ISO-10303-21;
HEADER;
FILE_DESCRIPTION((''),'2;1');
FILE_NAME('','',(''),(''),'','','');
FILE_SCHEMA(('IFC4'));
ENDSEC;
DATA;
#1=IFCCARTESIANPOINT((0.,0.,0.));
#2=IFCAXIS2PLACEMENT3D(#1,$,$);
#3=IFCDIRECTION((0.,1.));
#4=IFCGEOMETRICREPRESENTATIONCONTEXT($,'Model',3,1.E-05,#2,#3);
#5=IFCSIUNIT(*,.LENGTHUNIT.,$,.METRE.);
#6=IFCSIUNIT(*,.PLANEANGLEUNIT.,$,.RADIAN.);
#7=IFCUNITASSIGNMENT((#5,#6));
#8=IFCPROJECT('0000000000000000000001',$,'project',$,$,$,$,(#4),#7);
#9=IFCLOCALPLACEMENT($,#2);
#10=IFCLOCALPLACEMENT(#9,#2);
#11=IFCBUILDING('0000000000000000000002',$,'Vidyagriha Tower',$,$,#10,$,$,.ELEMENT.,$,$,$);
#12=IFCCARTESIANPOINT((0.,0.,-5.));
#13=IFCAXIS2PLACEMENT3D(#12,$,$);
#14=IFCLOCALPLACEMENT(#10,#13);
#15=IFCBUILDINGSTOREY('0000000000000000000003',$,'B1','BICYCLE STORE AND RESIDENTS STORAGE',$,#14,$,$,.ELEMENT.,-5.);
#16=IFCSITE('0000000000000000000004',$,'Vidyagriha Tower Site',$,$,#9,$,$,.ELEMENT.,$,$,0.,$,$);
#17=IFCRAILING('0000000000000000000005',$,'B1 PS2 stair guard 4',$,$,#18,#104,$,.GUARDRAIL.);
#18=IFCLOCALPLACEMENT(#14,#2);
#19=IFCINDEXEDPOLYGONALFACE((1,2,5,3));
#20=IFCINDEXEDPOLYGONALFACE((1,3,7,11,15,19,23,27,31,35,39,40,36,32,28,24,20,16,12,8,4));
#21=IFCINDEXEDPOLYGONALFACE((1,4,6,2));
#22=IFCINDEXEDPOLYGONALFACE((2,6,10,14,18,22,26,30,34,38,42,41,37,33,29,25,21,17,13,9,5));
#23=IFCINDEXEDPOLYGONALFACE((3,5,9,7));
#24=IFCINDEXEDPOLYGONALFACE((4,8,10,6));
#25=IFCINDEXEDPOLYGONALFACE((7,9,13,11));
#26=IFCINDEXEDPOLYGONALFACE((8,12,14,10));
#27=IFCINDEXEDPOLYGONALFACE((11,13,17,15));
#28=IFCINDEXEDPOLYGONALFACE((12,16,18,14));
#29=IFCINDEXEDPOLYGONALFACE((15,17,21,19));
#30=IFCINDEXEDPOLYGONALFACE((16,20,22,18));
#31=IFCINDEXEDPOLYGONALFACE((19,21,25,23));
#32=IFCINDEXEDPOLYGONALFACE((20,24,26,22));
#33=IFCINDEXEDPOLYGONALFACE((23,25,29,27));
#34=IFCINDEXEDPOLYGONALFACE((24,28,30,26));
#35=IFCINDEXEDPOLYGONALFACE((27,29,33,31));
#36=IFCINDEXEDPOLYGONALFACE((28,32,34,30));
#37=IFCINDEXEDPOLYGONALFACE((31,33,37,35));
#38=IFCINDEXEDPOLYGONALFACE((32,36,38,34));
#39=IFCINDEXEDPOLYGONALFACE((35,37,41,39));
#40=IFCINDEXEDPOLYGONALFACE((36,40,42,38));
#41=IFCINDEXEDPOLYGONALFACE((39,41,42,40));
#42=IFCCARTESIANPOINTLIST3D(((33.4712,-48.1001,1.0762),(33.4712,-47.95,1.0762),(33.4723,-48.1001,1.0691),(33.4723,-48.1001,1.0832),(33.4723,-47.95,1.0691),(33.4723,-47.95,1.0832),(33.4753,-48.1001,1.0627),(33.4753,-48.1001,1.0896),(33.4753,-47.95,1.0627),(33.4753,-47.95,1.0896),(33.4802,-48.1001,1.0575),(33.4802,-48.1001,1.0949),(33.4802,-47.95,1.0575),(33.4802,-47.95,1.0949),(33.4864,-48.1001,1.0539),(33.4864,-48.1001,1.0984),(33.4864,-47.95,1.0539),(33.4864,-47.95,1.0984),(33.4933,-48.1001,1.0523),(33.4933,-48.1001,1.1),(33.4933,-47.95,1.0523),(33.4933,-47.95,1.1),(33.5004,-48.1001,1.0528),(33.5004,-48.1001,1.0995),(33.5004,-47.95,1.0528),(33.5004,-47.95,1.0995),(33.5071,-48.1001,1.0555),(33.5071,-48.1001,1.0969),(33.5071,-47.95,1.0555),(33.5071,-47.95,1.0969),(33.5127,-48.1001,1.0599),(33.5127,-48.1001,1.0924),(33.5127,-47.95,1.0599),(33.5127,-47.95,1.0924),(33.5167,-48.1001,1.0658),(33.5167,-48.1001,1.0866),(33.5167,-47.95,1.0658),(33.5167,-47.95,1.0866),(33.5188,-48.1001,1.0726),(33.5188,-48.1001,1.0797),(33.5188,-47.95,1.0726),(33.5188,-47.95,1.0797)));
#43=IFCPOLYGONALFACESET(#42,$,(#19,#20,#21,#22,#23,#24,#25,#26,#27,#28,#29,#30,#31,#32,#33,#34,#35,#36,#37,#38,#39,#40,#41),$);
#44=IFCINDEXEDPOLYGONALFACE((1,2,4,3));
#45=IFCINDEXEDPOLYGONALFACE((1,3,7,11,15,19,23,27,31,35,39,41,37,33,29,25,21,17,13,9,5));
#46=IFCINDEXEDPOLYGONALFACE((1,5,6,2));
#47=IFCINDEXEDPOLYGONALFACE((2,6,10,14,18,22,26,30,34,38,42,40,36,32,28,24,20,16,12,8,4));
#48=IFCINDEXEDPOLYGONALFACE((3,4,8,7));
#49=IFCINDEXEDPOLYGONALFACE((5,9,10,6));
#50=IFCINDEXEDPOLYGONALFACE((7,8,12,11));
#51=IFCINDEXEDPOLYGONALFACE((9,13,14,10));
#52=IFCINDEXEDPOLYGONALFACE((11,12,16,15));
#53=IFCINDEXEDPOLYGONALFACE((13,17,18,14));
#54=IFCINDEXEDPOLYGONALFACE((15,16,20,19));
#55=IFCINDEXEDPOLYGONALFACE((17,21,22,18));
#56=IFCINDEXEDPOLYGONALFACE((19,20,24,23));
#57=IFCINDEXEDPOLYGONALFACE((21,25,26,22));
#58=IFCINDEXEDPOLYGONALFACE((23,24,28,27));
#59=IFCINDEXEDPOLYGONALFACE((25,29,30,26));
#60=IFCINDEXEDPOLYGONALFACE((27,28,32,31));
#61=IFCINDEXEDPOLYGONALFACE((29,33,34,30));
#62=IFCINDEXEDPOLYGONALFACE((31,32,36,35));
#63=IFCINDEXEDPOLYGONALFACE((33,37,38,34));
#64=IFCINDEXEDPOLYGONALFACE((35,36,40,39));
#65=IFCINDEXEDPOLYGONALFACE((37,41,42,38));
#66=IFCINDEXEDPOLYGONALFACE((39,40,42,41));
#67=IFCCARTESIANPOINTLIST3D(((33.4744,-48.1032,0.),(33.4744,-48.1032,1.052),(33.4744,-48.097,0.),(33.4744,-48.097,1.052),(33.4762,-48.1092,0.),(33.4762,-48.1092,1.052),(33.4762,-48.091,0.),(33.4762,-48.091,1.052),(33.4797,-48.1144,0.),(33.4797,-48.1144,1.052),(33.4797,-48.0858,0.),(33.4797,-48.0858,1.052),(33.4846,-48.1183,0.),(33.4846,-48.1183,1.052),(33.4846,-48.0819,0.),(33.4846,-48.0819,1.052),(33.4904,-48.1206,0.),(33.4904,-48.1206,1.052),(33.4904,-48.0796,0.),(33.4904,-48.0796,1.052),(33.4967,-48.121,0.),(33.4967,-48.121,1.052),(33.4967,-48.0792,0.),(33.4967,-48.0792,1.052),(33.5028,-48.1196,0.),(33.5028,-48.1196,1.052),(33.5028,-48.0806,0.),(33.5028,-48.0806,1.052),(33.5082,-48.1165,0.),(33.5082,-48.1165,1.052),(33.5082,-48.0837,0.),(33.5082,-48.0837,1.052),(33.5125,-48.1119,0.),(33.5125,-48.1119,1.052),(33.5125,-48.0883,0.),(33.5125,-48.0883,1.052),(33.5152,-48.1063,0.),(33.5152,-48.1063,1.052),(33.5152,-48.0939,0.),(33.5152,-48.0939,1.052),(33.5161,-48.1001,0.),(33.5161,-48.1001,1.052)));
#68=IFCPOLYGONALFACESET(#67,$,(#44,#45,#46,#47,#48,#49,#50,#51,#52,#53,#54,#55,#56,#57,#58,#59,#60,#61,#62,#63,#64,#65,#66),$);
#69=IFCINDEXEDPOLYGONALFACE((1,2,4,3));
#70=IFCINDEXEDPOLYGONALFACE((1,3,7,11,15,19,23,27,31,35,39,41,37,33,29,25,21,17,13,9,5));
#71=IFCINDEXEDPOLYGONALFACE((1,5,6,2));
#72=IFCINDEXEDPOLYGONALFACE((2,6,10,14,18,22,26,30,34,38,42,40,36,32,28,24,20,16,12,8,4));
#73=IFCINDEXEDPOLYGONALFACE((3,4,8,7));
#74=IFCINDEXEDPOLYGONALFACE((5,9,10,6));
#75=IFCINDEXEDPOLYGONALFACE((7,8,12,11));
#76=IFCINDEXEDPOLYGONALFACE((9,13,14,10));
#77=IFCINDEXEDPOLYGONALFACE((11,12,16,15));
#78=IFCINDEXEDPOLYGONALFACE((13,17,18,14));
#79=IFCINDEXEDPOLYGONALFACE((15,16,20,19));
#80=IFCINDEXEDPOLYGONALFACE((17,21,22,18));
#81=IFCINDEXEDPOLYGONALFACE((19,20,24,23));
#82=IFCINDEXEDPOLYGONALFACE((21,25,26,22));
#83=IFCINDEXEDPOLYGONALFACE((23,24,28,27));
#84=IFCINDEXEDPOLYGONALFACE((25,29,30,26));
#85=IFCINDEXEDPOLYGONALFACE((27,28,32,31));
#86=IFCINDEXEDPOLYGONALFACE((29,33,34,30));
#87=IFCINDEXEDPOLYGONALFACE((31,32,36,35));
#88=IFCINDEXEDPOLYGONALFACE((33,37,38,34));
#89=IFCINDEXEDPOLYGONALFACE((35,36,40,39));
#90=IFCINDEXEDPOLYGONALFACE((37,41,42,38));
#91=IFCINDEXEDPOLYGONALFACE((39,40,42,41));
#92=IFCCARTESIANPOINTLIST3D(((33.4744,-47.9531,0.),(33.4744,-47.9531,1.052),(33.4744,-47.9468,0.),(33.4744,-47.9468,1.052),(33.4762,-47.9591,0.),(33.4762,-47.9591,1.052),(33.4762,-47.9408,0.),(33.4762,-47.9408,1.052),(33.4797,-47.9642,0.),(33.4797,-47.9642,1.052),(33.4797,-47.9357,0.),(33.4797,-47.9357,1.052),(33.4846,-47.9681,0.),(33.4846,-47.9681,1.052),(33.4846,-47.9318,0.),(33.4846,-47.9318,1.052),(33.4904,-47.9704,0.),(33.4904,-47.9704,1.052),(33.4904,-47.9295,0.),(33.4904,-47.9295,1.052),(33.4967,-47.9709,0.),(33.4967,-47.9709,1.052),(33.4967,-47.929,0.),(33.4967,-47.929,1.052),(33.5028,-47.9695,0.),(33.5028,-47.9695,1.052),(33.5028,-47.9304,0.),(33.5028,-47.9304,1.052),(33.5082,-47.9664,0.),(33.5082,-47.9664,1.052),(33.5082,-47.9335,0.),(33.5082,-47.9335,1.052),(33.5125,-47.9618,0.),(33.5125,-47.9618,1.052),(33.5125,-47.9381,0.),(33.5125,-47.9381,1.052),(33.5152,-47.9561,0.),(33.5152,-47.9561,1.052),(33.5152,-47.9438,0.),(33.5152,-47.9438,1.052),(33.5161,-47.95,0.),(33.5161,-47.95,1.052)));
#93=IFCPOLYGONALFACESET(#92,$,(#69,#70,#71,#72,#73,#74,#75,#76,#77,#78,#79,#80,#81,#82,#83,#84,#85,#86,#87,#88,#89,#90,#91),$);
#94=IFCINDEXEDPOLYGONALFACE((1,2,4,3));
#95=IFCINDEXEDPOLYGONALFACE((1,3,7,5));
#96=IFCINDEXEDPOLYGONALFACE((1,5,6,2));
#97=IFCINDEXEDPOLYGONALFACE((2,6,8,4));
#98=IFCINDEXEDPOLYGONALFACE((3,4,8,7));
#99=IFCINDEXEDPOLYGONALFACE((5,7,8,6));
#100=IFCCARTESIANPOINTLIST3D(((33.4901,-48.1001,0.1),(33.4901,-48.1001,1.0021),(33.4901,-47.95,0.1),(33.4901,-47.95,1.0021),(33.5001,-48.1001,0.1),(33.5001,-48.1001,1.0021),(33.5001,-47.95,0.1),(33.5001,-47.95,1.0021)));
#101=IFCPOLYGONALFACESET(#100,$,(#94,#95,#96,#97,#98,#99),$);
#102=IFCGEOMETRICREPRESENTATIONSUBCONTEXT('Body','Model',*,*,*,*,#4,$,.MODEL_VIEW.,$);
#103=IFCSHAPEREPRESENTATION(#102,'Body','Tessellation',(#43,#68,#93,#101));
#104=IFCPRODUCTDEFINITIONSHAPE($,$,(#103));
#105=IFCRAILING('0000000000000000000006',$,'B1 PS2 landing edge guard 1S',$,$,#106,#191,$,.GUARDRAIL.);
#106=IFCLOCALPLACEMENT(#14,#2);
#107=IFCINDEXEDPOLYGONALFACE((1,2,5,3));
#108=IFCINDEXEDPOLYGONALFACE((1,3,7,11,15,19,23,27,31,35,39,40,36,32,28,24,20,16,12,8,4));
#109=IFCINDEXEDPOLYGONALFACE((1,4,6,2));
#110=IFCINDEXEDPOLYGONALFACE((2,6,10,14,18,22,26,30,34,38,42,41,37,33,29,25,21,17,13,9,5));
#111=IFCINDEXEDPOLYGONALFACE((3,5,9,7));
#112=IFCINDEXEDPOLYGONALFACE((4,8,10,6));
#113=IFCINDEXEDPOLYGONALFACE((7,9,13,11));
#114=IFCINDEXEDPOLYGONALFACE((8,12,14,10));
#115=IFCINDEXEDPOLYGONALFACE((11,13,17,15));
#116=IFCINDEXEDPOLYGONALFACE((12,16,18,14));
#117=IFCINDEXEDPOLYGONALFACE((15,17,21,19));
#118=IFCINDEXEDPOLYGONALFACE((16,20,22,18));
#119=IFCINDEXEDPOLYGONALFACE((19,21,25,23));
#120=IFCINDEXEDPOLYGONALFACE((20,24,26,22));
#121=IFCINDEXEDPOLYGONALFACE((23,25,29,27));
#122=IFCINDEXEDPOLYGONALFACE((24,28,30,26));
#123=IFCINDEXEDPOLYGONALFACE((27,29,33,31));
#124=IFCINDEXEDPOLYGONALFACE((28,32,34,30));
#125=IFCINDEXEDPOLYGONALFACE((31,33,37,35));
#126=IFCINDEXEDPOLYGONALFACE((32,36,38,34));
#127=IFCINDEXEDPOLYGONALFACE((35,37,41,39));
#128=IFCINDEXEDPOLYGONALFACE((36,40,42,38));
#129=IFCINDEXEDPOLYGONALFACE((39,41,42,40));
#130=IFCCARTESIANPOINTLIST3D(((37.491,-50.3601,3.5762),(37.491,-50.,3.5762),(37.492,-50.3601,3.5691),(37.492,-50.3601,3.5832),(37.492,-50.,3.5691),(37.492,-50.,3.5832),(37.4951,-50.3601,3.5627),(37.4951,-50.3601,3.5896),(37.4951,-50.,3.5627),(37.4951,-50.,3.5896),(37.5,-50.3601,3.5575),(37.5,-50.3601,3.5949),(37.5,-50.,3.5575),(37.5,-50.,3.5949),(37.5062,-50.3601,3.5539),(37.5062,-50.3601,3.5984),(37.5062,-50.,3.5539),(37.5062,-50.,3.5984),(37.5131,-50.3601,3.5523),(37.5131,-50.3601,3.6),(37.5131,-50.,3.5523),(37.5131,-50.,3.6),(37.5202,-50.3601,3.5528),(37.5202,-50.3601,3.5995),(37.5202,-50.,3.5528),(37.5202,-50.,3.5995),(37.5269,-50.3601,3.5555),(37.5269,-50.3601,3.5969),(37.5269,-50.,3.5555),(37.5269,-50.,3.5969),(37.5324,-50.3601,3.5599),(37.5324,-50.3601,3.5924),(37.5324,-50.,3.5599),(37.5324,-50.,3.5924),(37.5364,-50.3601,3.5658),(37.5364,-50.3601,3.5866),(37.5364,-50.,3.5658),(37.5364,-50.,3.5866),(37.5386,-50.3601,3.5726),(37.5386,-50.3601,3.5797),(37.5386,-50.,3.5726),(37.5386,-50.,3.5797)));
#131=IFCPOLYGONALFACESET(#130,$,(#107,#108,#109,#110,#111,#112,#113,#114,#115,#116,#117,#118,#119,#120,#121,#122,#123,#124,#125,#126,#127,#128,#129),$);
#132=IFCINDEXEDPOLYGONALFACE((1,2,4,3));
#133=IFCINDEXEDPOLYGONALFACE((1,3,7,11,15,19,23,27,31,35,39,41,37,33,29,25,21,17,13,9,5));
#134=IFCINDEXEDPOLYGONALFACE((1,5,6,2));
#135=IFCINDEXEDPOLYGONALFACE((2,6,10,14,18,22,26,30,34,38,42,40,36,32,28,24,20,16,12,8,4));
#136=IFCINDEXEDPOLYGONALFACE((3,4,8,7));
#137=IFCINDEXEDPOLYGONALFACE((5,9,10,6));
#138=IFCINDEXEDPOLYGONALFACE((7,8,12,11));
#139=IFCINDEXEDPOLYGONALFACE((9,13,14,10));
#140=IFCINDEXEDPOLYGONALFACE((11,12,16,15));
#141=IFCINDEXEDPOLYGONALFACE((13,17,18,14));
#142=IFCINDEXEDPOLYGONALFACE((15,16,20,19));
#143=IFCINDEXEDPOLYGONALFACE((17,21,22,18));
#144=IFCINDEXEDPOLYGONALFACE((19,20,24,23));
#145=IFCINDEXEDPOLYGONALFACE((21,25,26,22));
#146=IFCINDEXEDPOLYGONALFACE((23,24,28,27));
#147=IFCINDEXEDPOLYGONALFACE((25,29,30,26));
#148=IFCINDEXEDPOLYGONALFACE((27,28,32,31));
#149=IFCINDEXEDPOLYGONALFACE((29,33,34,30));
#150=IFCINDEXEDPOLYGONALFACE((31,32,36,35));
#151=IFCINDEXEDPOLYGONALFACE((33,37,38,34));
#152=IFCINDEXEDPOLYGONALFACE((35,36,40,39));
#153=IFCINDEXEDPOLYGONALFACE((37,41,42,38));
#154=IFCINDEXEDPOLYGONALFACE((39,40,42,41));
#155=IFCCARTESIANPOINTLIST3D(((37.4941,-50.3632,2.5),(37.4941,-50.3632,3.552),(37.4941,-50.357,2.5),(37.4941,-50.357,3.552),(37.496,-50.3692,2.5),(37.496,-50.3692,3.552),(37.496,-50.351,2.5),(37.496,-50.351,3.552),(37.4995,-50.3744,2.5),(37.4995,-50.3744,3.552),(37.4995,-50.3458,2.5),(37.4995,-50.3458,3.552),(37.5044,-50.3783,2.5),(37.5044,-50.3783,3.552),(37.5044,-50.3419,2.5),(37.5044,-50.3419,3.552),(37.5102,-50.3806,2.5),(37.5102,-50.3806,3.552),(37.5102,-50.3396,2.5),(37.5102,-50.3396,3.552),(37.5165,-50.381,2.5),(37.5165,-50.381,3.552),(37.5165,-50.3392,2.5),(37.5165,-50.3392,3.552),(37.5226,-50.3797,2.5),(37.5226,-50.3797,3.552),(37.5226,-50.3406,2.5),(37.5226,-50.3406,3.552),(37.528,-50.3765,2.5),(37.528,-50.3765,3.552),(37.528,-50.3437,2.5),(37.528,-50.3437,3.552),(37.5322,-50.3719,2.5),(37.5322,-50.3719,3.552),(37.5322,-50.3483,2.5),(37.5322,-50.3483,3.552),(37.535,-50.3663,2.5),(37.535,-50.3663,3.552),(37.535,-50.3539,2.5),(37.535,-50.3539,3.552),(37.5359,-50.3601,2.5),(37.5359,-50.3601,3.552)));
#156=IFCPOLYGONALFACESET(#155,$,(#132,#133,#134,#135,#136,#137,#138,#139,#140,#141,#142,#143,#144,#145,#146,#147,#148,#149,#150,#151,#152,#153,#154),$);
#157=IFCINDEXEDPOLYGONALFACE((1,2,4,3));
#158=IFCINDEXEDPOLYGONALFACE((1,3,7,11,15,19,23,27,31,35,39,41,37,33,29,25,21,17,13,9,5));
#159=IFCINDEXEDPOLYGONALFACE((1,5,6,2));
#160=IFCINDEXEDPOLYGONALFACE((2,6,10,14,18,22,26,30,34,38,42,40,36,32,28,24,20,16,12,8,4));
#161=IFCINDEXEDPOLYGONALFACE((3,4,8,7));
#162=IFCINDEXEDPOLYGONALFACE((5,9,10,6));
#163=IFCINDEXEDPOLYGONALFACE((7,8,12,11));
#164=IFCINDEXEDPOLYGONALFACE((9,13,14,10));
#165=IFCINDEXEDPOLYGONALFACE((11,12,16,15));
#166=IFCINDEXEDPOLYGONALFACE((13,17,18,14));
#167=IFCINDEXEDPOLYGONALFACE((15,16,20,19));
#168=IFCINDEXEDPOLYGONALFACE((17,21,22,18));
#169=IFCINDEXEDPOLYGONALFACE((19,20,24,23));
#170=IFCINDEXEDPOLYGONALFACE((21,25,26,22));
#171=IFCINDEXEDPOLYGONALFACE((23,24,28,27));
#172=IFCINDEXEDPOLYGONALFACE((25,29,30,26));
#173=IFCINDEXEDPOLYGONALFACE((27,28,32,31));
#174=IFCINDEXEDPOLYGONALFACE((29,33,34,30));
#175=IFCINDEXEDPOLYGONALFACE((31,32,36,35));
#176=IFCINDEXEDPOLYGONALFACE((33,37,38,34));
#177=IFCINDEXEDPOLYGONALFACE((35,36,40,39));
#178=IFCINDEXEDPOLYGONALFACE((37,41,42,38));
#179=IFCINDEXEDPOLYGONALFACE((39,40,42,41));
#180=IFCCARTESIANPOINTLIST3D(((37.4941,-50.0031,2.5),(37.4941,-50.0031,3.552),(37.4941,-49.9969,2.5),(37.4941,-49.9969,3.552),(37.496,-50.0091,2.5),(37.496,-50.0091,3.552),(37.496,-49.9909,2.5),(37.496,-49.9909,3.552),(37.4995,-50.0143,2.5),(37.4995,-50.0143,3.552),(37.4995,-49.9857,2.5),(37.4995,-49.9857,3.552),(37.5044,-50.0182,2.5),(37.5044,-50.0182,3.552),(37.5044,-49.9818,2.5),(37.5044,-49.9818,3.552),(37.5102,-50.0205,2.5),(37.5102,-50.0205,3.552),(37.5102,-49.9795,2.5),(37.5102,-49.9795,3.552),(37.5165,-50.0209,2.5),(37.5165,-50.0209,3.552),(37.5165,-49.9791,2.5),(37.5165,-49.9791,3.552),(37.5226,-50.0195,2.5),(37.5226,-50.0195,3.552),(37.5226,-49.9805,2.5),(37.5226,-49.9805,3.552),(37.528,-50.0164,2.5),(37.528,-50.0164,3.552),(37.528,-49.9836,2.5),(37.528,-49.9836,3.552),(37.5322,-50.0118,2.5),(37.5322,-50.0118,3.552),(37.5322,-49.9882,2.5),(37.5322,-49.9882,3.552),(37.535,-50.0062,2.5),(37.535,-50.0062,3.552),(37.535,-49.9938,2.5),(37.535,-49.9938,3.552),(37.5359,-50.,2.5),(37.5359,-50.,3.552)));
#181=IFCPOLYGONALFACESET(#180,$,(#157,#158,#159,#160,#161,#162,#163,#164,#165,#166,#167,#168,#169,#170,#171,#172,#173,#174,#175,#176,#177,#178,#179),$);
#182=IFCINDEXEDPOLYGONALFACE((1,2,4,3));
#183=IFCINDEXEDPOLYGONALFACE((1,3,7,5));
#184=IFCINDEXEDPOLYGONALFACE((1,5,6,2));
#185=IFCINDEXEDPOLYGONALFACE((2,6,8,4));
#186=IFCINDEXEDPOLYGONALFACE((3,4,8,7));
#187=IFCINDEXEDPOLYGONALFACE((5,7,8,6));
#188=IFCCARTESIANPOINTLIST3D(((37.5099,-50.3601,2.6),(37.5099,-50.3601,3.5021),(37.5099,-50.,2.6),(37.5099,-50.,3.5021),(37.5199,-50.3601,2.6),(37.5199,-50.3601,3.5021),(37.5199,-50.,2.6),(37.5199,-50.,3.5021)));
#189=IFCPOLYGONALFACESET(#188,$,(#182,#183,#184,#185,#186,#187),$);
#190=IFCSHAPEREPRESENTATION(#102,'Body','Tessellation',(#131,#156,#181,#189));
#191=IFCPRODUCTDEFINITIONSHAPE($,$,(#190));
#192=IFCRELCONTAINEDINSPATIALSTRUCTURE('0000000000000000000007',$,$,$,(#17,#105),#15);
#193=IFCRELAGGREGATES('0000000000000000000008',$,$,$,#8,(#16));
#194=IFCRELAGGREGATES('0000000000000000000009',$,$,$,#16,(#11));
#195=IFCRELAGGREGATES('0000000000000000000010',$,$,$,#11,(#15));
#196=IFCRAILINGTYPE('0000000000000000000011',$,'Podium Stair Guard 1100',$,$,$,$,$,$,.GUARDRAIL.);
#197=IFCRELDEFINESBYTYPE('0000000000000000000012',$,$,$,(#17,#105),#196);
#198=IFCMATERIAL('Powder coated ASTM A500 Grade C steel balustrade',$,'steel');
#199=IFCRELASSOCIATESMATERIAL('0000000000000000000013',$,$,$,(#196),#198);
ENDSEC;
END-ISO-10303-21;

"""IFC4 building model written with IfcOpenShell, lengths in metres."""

from ifc_helpers import new_model, si_unit, direction, frame, origin, origin_2d, place, context, subcontext, project, spatial, rectangle, circle, extrude, material, type_object, element, save


model = new_model("IFC4")

# Units and contexts
model_context = context("Model", 3, precision=1e-05, world=origin(), true_north=direction((0.0, 1.0)))
body_context = subcontext(model_context, "Body", "Model", "MODEL_VIEW")
ifc_project = project(units=[si_unit("LENGTHUNIT", "METRE"), si_unit("PLANEANGLEUNIT", "RADIAN")], contexts=[model_context])

# Site, building, storey
site_placement = place(None, origin())
site = spatial("IfcSite", under=ifc_project, at=site_placement, Name="Vidyagriha Tower Site", CompositionType="ELEMENT", RefElevation=0.0)
building_placement = place(site_placement, origin())
building = spatial("IfcBuilding", under=site, at=building_placement, Name="Vidyagriha Tower", CompositionType="ELEMENT")
storey_placement = place(building_placement, frame((0.0, 0.0, -5.0)))
storey = spatial("IfcBuildingStorey", under=building, at=storey_placement, Name="B1", Description="BICYCLE STORE AND RESIDENTS STORAGE", CompositionType="ELEMENT", Elevation=-5.0)

# Railings
ifc_material_1 = material(Name="Powder coated ASTM A500 Grade C steel balustrade", Category="steel")
railing_type_1 = type_object("IfcRailingType", Name="Podium Stair Guard 1100", PredefinedType="GUARDRAIL", material=ifc_material_1)
railing_1_placement = place(storey_placement, frame((33.4951, -48.1001, 0.0)))
element("IfcRailing", 1, at=railing_1_placement, inside=storey, type_object=railing_type_1, Name="B1 PS2 stair guard 4", PredefinedType="GUARDRAIL", context=body_context, shape_type="SweptSolid", body=[
    extrude(circle(Radius=0.0239, at=origin_2d()), frame((0.0, 0.0, 1.0762), z_axis=(0.0, 1.0, 0.0), x_axis=(-1.0, 0.0, 0.0)), (0.0, 0.0, 1.0), 0.1501),
    extrude(circle(Radius=0.021, at=origin_2d()), origin(), (0.0, 0.0, 1.0), 1.052),
    extrude(circle(Radius=0.021, at=origin_2d()), frame((0.0, 0.1501, 0.0)), (0.0, 0.0, 1.0), 1.052),
    extrude(rectangle(XDim=0.01, YDim=0.9021, at=origin_2d()), frame((0.0, 0.0, 0.551), z_axis=(0.0, 1.0, 0.0), x_axis=(-1.0, 0.0, 0.0)), (0.0, 0.0, 1.0), 0.1501),
])
railing_2_placement = place(storey_placement, frame((37.5149, -50.3601, 2.5)))
element("IfcRailing", 2, at=railing_2_placement, inside=storey, type_object=railing_type_1, Name="B1 PS2 landing edge guard 1S", PredefinedType="GUARDRAIL", context=body_context, shape_type="SweptSolid", body=[
    extrude(circle(Radius=0.0239, at=origin_2d()), frame((0.0, 0.0, 1.0762), z_axis=(0.0, 1.0, 0.0), x_axis=(-1.0, 0.0, 0.0)), (0.0, 0.0, 1.0), 0.3601),
    extrude(circle(Radius=0.021, at=origin_2d()), origin(), (0.0, 0.0, 1.0), 1.052),
    extrude(circle(Radius=0.021, at=origin_2d()), frame((0.0, 0.3601, 0.0)), (0.0, 0.0, 1.0), 1.052),
    extrude(rectangle(XDim=0.01, YDim=0.9021, at=origin_2d()), frame((0.0, 0.0, 0.551), z_axis=(0.0, 1.0, 0.0), x_axis=(-1.0, 0.0, 0.0)), (0.0, 0.0, 1.0), 0.3601),
])

save(model, "model.ifc")
